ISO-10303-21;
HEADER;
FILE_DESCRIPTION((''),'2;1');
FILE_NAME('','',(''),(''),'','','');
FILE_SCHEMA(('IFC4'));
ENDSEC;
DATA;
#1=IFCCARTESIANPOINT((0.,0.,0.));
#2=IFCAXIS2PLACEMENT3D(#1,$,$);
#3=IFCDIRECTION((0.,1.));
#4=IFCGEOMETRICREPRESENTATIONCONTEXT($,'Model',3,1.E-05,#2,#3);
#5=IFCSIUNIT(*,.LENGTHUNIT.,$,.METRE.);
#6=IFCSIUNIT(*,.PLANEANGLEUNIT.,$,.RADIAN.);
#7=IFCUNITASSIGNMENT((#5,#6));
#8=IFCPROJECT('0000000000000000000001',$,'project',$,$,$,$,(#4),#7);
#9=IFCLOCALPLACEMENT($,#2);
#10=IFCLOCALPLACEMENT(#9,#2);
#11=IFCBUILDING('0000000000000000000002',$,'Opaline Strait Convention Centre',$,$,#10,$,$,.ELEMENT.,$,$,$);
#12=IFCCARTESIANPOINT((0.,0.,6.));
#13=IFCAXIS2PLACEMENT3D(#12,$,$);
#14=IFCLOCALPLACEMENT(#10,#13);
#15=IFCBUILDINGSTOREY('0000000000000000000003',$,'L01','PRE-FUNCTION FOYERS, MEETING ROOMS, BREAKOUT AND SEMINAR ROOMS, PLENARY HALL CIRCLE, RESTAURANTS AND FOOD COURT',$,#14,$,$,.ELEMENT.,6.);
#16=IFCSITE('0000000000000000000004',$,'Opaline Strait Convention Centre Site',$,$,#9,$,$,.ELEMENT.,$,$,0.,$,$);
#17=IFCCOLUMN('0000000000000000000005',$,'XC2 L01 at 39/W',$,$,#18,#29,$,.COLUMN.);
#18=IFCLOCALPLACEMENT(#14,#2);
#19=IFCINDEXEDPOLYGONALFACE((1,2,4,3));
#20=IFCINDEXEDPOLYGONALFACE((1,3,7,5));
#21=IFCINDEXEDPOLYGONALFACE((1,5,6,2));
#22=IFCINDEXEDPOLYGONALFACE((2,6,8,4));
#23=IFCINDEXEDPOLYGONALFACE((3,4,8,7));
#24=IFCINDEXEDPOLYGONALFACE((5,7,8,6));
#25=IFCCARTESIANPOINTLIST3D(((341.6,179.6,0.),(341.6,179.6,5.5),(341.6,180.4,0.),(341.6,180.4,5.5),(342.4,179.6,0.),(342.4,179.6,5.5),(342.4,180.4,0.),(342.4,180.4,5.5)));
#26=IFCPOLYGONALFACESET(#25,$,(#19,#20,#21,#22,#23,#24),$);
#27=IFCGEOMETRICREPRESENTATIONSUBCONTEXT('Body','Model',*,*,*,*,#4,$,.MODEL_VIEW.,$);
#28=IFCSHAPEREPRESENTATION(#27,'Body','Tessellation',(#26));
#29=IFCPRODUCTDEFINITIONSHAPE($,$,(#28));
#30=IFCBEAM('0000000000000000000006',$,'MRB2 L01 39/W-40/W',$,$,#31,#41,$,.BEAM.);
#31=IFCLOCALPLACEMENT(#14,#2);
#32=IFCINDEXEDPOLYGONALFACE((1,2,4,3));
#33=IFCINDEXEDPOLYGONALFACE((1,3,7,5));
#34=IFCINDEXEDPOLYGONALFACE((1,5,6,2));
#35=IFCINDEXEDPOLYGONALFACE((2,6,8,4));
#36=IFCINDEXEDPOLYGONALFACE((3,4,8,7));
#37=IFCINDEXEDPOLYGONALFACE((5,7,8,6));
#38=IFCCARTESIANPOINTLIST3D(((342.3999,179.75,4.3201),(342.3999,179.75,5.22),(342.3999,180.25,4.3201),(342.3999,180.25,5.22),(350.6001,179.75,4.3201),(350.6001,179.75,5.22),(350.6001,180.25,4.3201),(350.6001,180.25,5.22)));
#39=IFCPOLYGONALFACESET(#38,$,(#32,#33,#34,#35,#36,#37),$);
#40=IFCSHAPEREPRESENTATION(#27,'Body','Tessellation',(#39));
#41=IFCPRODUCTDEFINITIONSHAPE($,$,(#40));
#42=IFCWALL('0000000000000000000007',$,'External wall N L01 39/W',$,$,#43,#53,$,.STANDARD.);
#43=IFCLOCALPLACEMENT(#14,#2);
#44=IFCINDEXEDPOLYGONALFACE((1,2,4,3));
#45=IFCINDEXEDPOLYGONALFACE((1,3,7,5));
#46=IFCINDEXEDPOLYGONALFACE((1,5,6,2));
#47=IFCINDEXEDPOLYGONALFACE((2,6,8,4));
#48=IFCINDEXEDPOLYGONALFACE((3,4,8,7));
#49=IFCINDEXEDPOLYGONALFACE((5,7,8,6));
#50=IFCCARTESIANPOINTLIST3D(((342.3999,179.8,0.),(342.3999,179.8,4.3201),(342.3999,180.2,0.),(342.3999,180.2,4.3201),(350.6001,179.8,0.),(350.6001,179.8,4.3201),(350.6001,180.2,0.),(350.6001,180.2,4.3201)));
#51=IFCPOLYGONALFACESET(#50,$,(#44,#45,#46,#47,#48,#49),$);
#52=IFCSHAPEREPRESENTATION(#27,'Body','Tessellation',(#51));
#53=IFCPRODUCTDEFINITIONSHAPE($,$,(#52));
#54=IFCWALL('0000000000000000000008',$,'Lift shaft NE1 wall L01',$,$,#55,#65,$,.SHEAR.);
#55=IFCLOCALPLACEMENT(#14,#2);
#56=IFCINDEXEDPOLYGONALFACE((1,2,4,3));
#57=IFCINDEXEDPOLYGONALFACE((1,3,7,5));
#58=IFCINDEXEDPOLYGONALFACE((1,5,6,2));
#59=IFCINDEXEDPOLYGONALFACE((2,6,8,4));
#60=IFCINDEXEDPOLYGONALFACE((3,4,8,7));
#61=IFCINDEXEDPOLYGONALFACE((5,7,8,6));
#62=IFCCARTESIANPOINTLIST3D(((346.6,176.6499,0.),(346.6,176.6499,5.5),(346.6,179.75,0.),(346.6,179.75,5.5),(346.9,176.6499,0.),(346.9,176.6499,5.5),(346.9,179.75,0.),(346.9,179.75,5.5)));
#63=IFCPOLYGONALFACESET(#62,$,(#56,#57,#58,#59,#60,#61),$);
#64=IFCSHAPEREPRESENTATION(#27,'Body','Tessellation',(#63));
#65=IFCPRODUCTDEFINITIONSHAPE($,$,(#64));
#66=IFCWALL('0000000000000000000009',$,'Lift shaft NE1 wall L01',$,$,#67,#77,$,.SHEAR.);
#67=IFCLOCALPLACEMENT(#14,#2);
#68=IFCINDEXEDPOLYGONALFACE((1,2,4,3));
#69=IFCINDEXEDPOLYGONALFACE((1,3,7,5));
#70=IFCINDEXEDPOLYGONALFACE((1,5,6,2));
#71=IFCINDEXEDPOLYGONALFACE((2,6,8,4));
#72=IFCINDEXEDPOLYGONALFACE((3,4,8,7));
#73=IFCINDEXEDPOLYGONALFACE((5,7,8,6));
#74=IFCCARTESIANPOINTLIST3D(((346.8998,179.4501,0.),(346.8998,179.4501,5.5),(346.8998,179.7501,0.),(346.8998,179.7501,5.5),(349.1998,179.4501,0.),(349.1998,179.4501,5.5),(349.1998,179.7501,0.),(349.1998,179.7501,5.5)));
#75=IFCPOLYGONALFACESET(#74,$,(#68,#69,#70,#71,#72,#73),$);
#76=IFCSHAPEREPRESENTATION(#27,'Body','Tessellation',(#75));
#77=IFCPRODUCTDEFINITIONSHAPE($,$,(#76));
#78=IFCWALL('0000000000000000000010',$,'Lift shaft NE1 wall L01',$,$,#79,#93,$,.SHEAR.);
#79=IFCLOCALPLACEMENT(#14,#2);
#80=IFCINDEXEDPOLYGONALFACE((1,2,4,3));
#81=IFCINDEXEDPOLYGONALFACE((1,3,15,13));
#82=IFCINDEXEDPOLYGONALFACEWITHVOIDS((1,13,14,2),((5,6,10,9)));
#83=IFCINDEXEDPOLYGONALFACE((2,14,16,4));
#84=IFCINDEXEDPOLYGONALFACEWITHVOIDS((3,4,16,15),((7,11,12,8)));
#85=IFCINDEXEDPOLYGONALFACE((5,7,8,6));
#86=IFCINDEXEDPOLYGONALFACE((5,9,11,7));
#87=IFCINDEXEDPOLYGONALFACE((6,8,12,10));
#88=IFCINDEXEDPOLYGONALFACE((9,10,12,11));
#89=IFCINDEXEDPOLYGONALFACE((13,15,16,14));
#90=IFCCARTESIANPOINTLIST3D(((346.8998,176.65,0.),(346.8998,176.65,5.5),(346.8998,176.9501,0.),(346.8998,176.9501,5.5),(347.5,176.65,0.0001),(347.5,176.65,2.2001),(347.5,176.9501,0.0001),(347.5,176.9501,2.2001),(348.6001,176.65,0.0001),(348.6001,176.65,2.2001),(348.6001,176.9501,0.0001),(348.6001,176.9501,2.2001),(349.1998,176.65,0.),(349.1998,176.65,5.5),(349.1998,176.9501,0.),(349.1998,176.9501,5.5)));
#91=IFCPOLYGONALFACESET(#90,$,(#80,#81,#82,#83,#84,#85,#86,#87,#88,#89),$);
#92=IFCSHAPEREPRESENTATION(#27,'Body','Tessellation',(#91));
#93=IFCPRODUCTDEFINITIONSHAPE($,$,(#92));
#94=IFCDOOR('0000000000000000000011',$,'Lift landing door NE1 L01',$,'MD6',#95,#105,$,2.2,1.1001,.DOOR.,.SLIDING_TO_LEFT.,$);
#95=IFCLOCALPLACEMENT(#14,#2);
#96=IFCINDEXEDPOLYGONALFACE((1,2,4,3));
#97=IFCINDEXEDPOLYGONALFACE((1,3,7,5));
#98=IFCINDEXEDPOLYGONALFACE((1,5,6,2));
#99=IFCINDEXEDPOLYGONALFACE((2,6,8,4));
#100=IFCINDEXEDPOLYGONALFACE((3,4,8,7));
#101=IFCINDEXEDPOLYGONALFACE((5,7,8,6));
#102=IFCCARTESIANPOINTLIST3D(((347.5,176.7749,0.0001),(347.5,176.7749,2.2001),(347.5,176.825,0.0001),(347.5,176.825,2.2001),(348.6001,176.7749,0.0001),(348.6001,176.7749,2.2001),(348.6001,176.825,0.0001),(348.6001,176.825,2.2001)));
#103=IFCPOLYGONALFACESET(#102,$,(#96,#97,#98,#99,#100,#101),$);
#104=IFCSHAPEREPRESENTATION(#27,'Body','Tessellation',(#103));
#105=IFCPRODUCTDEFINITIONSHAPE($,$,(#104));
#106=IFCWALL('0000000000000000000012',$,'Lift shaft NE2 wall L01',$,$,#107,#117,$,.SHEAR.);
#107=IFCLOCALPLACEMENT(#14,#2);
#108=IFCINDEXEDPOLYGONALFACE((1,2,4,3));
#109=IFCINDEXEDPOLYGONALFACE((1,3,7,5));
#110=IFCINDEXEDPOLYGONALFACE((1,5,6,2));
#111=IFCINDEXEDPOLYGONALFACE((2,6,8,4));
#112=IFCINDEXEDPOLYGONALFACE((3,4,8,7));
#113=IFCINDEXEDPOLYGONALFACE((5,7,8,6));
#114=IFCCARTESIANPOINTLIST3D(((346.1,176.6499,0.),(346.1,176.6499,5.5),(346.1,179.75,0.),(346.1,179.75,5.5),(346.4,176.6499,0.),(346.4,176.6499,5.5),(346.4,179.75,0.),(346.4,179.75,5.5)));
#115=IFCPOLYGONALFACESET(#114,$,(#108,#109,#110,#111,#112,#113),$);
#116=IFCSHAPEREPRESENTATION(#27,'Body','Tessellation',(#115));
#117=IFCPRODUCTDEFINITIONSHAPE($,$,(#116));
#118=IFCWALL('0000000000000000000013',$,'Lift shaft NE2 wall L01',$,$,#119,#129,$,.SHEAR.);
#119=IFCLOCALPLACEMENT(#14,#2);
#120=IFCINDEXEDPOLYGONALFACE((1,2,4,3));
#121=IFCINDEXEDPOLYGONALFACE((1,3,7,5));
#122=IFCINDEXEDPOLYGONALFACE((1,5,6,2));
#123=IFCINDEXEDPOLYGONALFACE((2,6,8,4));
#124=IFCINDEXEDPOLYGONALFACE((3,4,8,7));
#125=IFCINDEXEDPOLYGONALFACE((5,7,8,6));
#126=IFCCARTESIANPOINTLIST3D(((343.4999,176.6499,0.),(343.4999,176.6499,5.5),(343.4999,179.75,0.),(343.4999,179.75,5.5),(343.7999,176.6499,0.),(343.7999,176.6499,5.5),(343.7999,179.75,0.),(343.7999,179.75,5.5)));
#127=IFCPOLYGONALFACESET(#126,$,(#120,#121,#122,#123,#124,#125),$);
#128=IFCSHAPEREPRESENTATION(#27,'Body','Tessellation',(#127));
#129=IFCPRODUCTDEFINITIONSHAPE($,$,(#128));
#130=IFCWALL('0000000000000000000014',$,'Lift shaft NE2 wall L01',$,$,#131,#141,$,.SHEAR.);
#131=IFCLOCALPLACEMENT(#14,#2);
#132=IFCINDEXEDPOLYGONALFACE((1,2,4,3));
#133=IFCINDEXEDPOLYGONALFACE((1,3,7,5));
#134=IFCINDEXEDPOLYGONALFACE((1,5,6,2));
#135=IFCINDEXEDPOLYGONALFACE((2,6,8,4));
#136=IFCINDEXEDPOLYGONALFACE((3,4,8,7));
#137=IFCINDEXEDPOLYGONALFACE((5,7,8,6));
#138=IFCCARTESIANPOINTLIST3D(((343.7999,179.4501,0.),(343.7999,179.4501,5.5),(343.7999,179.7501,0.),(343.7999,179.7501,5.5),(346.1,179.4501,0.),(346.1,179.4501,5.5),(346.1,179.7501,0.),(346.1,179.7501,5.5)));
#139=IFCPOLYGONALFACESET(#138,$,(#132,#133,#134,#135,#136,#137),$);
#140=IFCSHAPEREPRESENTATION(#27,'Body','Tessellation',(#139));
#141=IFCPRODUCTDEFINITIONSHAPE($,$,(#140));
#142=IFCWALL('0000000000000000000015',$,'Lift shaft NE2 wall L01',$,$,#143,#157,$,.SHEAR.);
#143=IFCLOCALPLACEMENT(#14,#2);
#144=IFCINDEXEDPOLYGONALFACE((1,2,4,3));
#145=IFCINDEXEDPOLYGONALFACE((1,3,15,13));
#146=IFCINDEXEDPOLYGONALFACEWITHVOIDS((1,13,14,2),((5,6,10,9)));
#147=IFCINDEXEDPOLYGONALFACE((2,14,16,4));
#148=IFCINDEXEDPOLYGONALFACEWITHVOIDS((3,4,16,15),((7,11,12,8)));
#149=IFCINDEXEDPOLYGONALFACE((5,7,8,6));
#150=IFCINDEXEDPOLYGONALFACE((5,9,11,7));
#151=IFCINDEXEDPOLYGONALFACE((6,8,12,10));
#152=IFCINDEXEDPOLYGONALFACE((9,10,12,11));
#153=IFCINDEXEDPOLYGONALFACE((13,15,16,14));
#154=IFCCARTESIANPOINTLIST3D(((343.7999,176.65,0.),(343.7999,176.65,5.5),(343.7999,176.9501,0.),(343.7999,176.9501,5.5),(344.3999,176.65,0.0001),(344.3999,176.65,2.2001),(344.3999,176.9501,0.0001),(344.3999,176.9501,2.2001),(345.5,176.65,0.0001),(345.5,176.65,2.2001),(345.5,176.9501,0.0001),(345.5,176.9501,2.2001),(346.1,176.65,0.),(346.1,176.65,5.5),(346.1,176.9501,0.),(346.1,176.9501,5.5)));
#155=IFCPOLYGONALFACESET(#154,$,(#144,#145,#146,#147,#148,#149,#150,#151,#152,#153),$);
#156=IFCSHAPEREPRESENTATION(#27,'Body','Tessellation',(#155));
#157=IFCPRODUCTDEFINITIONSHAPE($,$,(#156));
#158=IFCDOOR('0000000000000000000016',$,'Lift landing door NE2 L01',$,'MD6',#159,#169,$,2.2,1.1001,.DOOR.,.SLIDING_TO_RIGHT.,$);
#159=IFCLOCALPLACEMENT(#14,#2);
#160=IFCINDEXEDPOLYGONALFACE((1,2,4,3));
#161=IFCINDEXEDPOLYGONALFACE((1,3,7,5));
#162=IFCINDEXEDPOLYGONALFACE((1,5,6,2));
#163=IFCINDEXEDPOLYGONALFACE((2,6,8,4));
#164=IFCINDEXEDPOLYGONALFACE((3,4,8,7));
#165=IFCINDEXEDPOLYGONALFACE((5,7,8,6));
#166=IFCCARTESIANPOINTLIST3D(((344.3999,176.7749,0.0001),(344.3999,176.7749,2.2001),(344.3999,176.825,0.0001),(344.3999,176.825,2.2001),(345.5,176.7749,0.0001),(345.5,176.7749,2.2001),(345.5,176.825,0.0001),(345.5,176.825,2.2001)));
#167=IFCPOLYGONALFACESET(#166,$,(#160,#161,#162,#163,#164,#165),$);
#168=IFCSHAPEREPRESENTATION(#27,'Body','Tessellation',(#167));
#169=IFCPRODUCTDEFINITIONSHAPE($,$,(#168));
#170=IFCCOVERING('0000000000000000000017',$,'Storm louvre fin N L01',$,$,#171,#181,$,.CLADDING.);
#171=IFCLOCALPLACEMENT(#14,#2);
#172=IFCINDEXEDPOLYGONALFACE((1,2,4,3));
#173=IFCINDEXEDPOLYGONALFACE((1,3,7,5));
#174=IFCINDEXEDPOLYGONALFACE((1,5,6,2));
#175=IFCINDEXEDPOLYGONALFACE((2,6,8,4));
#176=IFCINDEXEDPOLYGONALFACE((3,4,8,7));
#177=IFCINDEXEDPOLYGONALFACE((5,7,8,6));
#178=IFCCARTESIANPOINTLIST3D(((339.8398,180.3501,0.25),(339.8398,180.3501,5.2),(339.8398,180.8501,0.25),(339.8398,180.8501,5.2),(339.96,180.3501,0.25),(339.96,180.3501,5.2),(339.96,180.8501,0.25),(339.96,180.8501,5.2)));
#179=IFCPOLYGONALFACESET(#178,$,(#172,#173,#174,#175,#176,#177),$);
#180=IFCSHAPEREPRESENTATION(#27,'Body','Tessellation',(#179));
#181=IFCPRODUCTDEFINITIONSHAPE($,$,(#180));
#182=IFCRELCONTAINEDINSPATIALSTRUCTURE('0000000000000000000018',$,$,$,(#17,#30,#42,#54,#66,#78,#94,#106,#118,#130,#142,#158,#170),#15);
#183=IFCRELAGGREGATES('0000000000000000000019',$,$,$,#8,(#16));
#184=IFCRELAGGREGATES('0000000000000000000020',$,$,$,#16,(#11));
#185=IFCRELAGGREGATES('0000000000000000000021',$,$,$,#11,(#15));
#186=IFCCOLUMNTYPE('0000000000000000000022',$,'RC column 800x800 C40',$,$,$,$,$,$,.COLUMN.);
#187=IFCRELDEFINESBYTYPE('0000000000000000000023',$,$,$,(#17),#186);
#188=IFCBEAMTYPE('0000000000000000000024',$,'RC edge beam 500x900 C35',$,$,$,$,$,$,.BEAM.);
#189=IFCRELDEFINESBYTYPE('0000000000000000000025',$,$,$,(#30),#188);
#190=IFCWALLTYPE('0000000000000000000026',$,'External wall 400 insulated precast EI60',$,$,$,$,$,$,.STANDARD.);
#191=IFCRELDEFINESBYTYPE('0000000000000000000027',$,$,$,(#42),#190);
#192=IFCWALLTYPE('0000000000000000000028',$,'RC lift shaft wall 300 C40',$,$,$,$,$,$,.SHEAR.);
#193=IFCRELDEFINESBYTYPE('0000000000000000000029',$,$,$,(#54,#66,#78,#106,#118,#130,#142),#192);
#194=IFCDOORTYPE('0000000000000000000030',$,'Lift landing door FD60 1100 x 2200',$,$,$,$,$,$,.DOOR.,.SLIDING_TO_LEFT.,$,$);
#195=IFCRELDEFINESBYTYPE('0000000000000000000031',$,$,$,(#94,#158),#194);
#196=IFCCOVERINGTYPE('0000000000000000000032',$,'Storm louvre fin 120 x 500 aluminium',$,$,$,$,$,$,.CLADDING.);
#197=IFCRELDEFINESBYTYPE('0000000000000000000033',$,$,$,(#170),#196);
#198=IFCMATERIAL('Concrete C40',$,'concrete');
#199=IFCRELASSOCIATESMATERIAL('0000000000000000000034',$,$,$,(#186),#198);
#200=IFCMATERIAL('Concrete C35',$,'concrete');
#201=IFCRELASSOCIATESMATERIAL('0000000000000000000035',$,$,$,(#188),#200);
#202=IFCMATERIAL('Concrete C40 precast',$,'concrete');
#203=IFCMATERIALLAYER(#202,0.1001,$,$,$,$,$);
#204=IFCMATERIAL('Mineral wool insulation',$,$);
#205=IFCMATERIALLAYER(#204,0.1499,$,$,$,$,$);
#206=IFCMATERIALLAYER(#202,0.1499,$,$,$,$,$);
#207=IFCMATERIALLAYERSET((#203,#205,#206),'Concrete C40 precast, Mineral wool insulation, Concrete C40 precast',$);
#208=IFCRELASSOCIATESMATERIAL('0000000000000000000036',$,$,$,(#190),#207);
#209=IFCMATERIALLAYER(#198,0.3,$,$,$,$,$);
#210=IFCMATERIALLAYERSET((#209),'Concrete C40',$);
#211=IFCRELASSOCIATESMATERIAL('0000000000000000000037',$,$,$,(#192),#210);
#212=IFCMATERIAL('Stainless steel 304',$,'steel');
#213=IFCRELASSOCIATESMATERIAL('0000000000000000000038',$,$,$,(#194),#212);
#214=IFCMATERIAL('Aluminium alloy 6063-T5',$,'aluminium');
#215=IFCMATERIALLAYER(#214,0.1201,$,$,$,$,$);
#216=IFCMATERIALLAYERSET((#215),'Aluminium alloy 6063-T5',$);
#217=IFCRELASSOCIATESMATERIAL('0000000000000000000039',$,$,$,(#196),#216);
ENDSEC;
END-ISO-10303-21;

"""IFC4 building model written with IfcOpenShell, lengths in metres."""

from ifc_helpers import new_model, si_unit, direction, frame, frame_2d, origin, origin_2d, place, context, subcontext, project, spatial, rectangle, extrude, material, layer, layer_set, material_profile, profile_set, type_object, element, fill, save


model = new_model("IFC4")

# Units and contexts
model_context = context("Model", 3, precision=1e-05, world=origin(), true_north=direction((0.0, 1.0)))
body_context = subcontext(model_context, "Body", "Model", "MODEL_VIEW")
ifc_project = project(units=[si_unit("LENGTHUNIT", "METRE"), si_unit("PLANEANGLEUNIT", "RADIAN")], contexts=[model_context])

# Site, building, storey
site_placement = place(None, origin())
site = spatial("IfcSite", under=ifc_project, at=site_placement, Name="Opaline Strait Convention Centre Site", CompositionType="ELEMENT", RefElevation=0.0)
building_placement = place(site_placement, origin())
building = spatial("IfcBuilding", under=site, at=building_placement, Name="Opaline Strait Convention Centre", CompositionType="ELEMENT")
storey_placement = place(building_placement, frame((0.0, 0.0, 6.0)))
storey = spatial("IfcBuildingStorey", under=building, at=storey_placement, Name="L01", Description="PRE-FUNCTION FOYERS, MEETING ROOMS, BREAKOUT AND SEMINAR ROOMS, PLENARY HALL CIRCLE, RESTAURANTS AND FOOD COURT", CompositionType="ELEMENT", Elevation=6.0)

# Column
ifc_material_1 = material(Name="Concrete C40", Category="concrete")
ifc_material_profile_1 = material_profile(ifc_material_1, rectangle(XDim=0.8, YDim=0.8, at=origin_2d()), Name="RC 800x800")
ifc_profile_set_1 = profile_set([ifc_material_profile_1], Name="Concrete C40")
column_type = type_object("IfcColumnType", Name="RC column 800x800 C40", PredefinedType="COLUMN", material=ifc_profile_set_1)
column_placement = place(storey_placement, frame((342.0, 180.0, 0.0), z_axis=(0.0, 0.0, 1.0), x_axis=(1.0, 0.0, 0.0)))
element("IfcColumn", 1, at=column_placement, inside=storey, type_object=column_type, Name="XC2 L01 at 39/W", PredefinedType="COLUMN", context=body_context, shape_type="SweptSolid", body=[
    extrude(rectangle(XDim=0.8, YDim=0.8, at=origin_2d()), origin(), (0.0, 0.0, 1.0), 5.5),
])

# Beam
ifc_material_2 = material(Name="Concrete C35", Category="concrete")
ifc_material_profile_2 = material_profile(ifc_material_2, rectangle(XDim=0.5, YDim=0.8999, at=origin_2d()), Name="RC 500x900")
ifc_profile_set_2 = profile_set([ifc_material_profile_2], Name="Concrete C35")
beam_type = type_object("IfcBeamType", Name="RC edge beam 500x900 C35", PredefinedType="BEAM", material=ifc_profile_set_2)
beam_placement = place(storey_placement, frame((342.3999, 180.0, 4.77), z_axis=(1.0, 0.0, 0.0), x_axis=(0.0, 1.0, 0.0)))
element("IfcBeam", 2, at=beam_placement, inside=storey, type_object=beam_type, Name="MRB2 L01 39/W-40/W", PredefinedType="BEAM", context=body_context, shape_type="SweptSolid", body=[
    extrude(rectangle(XDim=0.5, YDim=0.8999, at=origin_2d()), origin(), (0.0, 0.0, 1.0), 8.2002),
])

# Wall
ifc_material_3 = material(Name="Concrete C40 precast", Category="concrete")
ifc_layer_1 = layer(ifc_material_3, 0.1001)
ifc_material_4 = material(Name="Mineral wool insulation")
ifc_layer_2 = layer(ifc_material_4, 0.1499)
ifc_layer_3 = layer(ifc_material_3, 0.1499)
ifc_layer_set_1 = layer_set([ifc_layer_1, ifc_layer_2, ifc_layer_3], Name="Concrete C40 precast, Mineral wool insulation, Concrete C40 precast")
wall_type_1 = type_object("IfcWallType", Name="External wall 400 insulated precast EI60", PredefinedType="STANDARD", material=ifc_layer_set_1)
wall_1_placement = place(storey_placement, frame((342.3999, 180.0, 0.0), z_axis=(0.0, 0.0, 1.0), x_axis=(1.0, 0.0, 0.0)))
element("IfcWall", 3, at=wall_1_placement, inside=storey, type_object=wall_type_1, Name="External wall N L01 39/W", PredefinedType="STANDARD", context=body_context, shape_type="SweptSolid", body=[
    extrude(rectangle(XDim=8.2002, YDim=0.3999, at=frame_2d((4.1001, 0.0))), origin(), (0.0, 0.0, 1.0), 4.3201),
])

# Walls
ifc_layer_4 = layer(ifc_material_1, 0.3)
ifc_layer_set_2 = layer_set([ifc_layer_4], Name="Concrete C40")
wall_type_2 = type_object("IfcWallType", Name="RC lift shaft wall 300 C40", PredefinedType="SHEAR", material=ifc_layer_set_2)
wall_2_placement = place(storey_placement, frame((346.75, 176.6499, 0.0), z_axis=(0.0, 0.0, 1.0), x_axis=(0.0, 1.0, 0.0)))
element("IfcWall", 4, at=wall_2_placement, inside=storey, type_object=wall_type_2, Name="Lift shaft NE1 wall L01", PredefinedType="SHEAR", context=body_context, shape_type="SweptSolid", body=[
    extrude(rectangle(XDim=3.1001, YDim=0.3, at=frame_2d((1.55, 0.0))), origin(), (0.0, 0.0, 1.0), 5.5),
])
wall_3_placement = place(storey_placement, frame((346.8999, 179.6001, 0.0), z_axis=(0.0, 0.0, 1.0), x_axis=(1.0, 0.0, 0.0)))
element("IfcWall", 5, at=wall_3_placement, inside=storey, type_object=wall_type_2, Name="Lift shaft NE1 wall L01", PredefinedType="SHEAR", context=body_context, shape_type="SweptSolid", body=[
    extrude(rectangle(XDim=2.3, YDim=0.3, at=frame_2d((1.1499, 0.0))), origin(), (0.0, 0.0, 1.0), 5.5),
])

# Wall, opening, door
wall_4_placement = place(storey_placement, frame((346.8999, 176.8, 0.0), z_axis=(0.0, 0.0, 1.0), x_axis=(1.0, 0.0, 0.0)))
wall_4 = element("IfcWall", 6, at=wall_4_placement, inside=storey, type_object=wall_type_2, Name="Lift shaft NE1 wall L01", PredefinedType="SHEAR", context=body_context, shape_type="SweptSolid", body=[
    extrude(rectangle(XDim=2.3, YDim=0.3, at=frame_2d((1.1499, 0.0))), origin(), (0.0, 0.0, 1.0), 5.5),
])
opening_1_placement = place(wall_4_placement, frame((0.6001, 0.0, 0.0)))
opening_1 = element("IfcOpeningElement", 7, at=opening_1_placement, cuts=wall_4, PredefinedType="OPENING", context=body_context, shape_type="SweptSolid", body=[
    extrude(rectangle(XDim=1.1001, YDim=2.2, at=frame_2d((0.55, 1.1001))), frame((0.0, 0.1599, 0.0), z_axis=(0.0, -1.0, 0.0), x_axis=(1.0, 0.0, 0.0)), (0.0, 0.0, 1.0), 0.3201),
])
ifc_material_5 = material(Name="Stainless steel 304", Category="steel")
door_type_1 = type_object("IfcDoorType", Name="Lift landing door FD60 1100 x 2200", OperationType="SLIDING_TO_LEFT", PredefinedType="DOOR", material=ifc_material_5)
door_1_placement = place(opening_1_placement, origin())
door_1 = element("IfcDoor", 8, at=door_1_placement, inside=storey, type_object=door_type_1, Name="Lift landing door NE1 L01", ObjectType="MD6", OperationType="SLIDING_TO_LEFT", OverallHeight=2.2, OverallWidth=1.1001, PredefinedType="DOOR", context=body_context, shape_type="SweptSolid", body=[
    extrude(rectangle(XDim=1.1001, YDim=2.2, at=frame_2d((0.55, 1.1001))), frame((0.0, 0.0249, 0.0), z_axis=(0.0, -1.0, 0.0), x_axis=(1.0, 0.0, 0.0)), (0.0, 0.0, 1.0), 0.05),
])
fill(opening_1, door_1)

# Walls
for number, where, z_axis, x_axis, name in (
    (9, (346.25, 176.6499, 0.0), (0.0, 0.0, 1.0), (0.0, 1.0, 0.0), "Lift shaft NE2 wall L01"),
    (10, (343.6499, 176.6499, 0.0), (0.0, 0.0, 1.0), (0.0, 1.0, 0.0), "Lift shaft NE2 wall L01"),
):
    element("IfcWall", number, at=place(storey_placement, frame(where, z_axis=z_axis, x_axis=x_axis)), inside=storey, type_object=wall_type_2, Name=name, PredefinedType="SHEAR", context=body_context, shape_type="SweptSolid", body=[
        extrude(rectangle(XDim=3.1001, YDim=0.3, at=frame_2d((1.55, 0.0))), origin(), (0.0, 0.0, 1.0), 5.5),
    ])
wall_5_placement = place(storey_placement, frame((343.8, 179.6001, 0.0), z_axis=(0.0, 0.0, 1.0), x_axis=(1.0, 0.0, 0.0)))
element("IfcWall", 11, at=wall_5_placement, inside=storey, type_object=wall_type_2, Name="Lift shaft NE2 wall L01", PredefinedType="SHEAR", context=body_context, shape_type="SweptSolid", body=[
    extrude(rectangle(XDim=2.3, YDim=0.3, at=frame_2d((1.1499, 0.0))), origin(), (0.0, 0.0, 1.0), 5.5),
])

# Wall, opening, door
wall_6_placement = place(storey_placement, frame((343.8, 176.8, 0.0), z_axis=(0.0, 0.0, 1.0), x_axis=(1.0, 0.0, 0.0)))
wall_6 = element("IfcWall", 12, at=wall_6_placement, inside=storey, type_object=wall_type_2, Name="Lift shaft NE2 wall L01", PredefinedType="SHEAR", context=body_context, shape_type="SweptSolid", body=[
    extrude(rectangle(XDim=2.3, YDim=0.3, at=frame_2d((1.1499, 0.0))), origin(), (0.0, 0.0, 1.0), 5.5),
])
opening_2_placement = place(wall_6_placement, frame((0.5999, 0.0, 0.0)))
opening_2 = element("IfcOpeningElement", 13, at=opening_2_placement, cuts=wall_6, PredefinedType="OPENING", context=body_context, shape_type="SweptSolid", body=[
    extrude(rectangle(XDim=1.1001, YDim=2.2, at=frame_2d((0.55, 1.1001))), frame((0.0, 0.1599, 0.0), z_axis=(0.0, -1.0, 0.0), x_axis=(1.0, 0.0, 0.0)), (0.0, 0.0, 1.0), 0.3201),
])
door_2_placement = place(opening_2_placement, origin())
door_2 = element("IfcDoor", 14, at=door_2_placement, inside=storey, type_object=door_type_1, Name="Lift landing door NE2 L01", ObjectType="MD6", OperationType="SLIDING_TO_RIGHT", OverallHeight=2.2, OverallWidth=1.1001, PredefinedType="DOOR", context=body_context, shape_type="SweptSolid", body=[
    extrude(rectangle(XDim=1.1001, YDim=2.2, at=frame_2d((0.55, 1.1001))), frame((0.0, 0.0249, 0.0), z_axis=(0.0, -1.0, 0.0), x_axis=(1.0, 0.0, 0.0)), (0.0, 0.0, 1.0), 0.05),
])
fill(opening_2, door_2)

# Covering
ifc_material_6 = material(Name="Aluminium alloy 6063-T5", Category="aluminium")
ifc_layer_5 = layer(ifc_material_6, 0.1201)
ifc_layer_set_3 = layer_set([ifc_layer_5], Name="Aluminium alloy 6063-T5")
covering_type = type_object("IfcCoveringType", Name="Storm louvre fin 120 x 500 aluminium", PredefinedType="CLADDING", material=ifc_layer_set_3)
for number, where, z_axis, x_axis, name in (
    (15, (339.8999, 180.6001, 0.25), (0.0, 0.0, 1.0), (1.0, 0.0, 0.0), "Storm louvre fin N L01"),
):
    element("IfcCovering", number, at=place(storey_placement, frame(where, z_axis=z_axis, x_axis=x_axis)), inside=storey, type_object=covering_type, Name=name, PredefinedType="CLADDING", context=body_context, shape_type="SweptSolid", body=[
        extrude(rectangle(XDim=0.1201, YDim=0.5, at=origin_2d()), origin(), (0.0, 0.0, 1.0), 4.95),
    ])

save(model, "model.ifc")
